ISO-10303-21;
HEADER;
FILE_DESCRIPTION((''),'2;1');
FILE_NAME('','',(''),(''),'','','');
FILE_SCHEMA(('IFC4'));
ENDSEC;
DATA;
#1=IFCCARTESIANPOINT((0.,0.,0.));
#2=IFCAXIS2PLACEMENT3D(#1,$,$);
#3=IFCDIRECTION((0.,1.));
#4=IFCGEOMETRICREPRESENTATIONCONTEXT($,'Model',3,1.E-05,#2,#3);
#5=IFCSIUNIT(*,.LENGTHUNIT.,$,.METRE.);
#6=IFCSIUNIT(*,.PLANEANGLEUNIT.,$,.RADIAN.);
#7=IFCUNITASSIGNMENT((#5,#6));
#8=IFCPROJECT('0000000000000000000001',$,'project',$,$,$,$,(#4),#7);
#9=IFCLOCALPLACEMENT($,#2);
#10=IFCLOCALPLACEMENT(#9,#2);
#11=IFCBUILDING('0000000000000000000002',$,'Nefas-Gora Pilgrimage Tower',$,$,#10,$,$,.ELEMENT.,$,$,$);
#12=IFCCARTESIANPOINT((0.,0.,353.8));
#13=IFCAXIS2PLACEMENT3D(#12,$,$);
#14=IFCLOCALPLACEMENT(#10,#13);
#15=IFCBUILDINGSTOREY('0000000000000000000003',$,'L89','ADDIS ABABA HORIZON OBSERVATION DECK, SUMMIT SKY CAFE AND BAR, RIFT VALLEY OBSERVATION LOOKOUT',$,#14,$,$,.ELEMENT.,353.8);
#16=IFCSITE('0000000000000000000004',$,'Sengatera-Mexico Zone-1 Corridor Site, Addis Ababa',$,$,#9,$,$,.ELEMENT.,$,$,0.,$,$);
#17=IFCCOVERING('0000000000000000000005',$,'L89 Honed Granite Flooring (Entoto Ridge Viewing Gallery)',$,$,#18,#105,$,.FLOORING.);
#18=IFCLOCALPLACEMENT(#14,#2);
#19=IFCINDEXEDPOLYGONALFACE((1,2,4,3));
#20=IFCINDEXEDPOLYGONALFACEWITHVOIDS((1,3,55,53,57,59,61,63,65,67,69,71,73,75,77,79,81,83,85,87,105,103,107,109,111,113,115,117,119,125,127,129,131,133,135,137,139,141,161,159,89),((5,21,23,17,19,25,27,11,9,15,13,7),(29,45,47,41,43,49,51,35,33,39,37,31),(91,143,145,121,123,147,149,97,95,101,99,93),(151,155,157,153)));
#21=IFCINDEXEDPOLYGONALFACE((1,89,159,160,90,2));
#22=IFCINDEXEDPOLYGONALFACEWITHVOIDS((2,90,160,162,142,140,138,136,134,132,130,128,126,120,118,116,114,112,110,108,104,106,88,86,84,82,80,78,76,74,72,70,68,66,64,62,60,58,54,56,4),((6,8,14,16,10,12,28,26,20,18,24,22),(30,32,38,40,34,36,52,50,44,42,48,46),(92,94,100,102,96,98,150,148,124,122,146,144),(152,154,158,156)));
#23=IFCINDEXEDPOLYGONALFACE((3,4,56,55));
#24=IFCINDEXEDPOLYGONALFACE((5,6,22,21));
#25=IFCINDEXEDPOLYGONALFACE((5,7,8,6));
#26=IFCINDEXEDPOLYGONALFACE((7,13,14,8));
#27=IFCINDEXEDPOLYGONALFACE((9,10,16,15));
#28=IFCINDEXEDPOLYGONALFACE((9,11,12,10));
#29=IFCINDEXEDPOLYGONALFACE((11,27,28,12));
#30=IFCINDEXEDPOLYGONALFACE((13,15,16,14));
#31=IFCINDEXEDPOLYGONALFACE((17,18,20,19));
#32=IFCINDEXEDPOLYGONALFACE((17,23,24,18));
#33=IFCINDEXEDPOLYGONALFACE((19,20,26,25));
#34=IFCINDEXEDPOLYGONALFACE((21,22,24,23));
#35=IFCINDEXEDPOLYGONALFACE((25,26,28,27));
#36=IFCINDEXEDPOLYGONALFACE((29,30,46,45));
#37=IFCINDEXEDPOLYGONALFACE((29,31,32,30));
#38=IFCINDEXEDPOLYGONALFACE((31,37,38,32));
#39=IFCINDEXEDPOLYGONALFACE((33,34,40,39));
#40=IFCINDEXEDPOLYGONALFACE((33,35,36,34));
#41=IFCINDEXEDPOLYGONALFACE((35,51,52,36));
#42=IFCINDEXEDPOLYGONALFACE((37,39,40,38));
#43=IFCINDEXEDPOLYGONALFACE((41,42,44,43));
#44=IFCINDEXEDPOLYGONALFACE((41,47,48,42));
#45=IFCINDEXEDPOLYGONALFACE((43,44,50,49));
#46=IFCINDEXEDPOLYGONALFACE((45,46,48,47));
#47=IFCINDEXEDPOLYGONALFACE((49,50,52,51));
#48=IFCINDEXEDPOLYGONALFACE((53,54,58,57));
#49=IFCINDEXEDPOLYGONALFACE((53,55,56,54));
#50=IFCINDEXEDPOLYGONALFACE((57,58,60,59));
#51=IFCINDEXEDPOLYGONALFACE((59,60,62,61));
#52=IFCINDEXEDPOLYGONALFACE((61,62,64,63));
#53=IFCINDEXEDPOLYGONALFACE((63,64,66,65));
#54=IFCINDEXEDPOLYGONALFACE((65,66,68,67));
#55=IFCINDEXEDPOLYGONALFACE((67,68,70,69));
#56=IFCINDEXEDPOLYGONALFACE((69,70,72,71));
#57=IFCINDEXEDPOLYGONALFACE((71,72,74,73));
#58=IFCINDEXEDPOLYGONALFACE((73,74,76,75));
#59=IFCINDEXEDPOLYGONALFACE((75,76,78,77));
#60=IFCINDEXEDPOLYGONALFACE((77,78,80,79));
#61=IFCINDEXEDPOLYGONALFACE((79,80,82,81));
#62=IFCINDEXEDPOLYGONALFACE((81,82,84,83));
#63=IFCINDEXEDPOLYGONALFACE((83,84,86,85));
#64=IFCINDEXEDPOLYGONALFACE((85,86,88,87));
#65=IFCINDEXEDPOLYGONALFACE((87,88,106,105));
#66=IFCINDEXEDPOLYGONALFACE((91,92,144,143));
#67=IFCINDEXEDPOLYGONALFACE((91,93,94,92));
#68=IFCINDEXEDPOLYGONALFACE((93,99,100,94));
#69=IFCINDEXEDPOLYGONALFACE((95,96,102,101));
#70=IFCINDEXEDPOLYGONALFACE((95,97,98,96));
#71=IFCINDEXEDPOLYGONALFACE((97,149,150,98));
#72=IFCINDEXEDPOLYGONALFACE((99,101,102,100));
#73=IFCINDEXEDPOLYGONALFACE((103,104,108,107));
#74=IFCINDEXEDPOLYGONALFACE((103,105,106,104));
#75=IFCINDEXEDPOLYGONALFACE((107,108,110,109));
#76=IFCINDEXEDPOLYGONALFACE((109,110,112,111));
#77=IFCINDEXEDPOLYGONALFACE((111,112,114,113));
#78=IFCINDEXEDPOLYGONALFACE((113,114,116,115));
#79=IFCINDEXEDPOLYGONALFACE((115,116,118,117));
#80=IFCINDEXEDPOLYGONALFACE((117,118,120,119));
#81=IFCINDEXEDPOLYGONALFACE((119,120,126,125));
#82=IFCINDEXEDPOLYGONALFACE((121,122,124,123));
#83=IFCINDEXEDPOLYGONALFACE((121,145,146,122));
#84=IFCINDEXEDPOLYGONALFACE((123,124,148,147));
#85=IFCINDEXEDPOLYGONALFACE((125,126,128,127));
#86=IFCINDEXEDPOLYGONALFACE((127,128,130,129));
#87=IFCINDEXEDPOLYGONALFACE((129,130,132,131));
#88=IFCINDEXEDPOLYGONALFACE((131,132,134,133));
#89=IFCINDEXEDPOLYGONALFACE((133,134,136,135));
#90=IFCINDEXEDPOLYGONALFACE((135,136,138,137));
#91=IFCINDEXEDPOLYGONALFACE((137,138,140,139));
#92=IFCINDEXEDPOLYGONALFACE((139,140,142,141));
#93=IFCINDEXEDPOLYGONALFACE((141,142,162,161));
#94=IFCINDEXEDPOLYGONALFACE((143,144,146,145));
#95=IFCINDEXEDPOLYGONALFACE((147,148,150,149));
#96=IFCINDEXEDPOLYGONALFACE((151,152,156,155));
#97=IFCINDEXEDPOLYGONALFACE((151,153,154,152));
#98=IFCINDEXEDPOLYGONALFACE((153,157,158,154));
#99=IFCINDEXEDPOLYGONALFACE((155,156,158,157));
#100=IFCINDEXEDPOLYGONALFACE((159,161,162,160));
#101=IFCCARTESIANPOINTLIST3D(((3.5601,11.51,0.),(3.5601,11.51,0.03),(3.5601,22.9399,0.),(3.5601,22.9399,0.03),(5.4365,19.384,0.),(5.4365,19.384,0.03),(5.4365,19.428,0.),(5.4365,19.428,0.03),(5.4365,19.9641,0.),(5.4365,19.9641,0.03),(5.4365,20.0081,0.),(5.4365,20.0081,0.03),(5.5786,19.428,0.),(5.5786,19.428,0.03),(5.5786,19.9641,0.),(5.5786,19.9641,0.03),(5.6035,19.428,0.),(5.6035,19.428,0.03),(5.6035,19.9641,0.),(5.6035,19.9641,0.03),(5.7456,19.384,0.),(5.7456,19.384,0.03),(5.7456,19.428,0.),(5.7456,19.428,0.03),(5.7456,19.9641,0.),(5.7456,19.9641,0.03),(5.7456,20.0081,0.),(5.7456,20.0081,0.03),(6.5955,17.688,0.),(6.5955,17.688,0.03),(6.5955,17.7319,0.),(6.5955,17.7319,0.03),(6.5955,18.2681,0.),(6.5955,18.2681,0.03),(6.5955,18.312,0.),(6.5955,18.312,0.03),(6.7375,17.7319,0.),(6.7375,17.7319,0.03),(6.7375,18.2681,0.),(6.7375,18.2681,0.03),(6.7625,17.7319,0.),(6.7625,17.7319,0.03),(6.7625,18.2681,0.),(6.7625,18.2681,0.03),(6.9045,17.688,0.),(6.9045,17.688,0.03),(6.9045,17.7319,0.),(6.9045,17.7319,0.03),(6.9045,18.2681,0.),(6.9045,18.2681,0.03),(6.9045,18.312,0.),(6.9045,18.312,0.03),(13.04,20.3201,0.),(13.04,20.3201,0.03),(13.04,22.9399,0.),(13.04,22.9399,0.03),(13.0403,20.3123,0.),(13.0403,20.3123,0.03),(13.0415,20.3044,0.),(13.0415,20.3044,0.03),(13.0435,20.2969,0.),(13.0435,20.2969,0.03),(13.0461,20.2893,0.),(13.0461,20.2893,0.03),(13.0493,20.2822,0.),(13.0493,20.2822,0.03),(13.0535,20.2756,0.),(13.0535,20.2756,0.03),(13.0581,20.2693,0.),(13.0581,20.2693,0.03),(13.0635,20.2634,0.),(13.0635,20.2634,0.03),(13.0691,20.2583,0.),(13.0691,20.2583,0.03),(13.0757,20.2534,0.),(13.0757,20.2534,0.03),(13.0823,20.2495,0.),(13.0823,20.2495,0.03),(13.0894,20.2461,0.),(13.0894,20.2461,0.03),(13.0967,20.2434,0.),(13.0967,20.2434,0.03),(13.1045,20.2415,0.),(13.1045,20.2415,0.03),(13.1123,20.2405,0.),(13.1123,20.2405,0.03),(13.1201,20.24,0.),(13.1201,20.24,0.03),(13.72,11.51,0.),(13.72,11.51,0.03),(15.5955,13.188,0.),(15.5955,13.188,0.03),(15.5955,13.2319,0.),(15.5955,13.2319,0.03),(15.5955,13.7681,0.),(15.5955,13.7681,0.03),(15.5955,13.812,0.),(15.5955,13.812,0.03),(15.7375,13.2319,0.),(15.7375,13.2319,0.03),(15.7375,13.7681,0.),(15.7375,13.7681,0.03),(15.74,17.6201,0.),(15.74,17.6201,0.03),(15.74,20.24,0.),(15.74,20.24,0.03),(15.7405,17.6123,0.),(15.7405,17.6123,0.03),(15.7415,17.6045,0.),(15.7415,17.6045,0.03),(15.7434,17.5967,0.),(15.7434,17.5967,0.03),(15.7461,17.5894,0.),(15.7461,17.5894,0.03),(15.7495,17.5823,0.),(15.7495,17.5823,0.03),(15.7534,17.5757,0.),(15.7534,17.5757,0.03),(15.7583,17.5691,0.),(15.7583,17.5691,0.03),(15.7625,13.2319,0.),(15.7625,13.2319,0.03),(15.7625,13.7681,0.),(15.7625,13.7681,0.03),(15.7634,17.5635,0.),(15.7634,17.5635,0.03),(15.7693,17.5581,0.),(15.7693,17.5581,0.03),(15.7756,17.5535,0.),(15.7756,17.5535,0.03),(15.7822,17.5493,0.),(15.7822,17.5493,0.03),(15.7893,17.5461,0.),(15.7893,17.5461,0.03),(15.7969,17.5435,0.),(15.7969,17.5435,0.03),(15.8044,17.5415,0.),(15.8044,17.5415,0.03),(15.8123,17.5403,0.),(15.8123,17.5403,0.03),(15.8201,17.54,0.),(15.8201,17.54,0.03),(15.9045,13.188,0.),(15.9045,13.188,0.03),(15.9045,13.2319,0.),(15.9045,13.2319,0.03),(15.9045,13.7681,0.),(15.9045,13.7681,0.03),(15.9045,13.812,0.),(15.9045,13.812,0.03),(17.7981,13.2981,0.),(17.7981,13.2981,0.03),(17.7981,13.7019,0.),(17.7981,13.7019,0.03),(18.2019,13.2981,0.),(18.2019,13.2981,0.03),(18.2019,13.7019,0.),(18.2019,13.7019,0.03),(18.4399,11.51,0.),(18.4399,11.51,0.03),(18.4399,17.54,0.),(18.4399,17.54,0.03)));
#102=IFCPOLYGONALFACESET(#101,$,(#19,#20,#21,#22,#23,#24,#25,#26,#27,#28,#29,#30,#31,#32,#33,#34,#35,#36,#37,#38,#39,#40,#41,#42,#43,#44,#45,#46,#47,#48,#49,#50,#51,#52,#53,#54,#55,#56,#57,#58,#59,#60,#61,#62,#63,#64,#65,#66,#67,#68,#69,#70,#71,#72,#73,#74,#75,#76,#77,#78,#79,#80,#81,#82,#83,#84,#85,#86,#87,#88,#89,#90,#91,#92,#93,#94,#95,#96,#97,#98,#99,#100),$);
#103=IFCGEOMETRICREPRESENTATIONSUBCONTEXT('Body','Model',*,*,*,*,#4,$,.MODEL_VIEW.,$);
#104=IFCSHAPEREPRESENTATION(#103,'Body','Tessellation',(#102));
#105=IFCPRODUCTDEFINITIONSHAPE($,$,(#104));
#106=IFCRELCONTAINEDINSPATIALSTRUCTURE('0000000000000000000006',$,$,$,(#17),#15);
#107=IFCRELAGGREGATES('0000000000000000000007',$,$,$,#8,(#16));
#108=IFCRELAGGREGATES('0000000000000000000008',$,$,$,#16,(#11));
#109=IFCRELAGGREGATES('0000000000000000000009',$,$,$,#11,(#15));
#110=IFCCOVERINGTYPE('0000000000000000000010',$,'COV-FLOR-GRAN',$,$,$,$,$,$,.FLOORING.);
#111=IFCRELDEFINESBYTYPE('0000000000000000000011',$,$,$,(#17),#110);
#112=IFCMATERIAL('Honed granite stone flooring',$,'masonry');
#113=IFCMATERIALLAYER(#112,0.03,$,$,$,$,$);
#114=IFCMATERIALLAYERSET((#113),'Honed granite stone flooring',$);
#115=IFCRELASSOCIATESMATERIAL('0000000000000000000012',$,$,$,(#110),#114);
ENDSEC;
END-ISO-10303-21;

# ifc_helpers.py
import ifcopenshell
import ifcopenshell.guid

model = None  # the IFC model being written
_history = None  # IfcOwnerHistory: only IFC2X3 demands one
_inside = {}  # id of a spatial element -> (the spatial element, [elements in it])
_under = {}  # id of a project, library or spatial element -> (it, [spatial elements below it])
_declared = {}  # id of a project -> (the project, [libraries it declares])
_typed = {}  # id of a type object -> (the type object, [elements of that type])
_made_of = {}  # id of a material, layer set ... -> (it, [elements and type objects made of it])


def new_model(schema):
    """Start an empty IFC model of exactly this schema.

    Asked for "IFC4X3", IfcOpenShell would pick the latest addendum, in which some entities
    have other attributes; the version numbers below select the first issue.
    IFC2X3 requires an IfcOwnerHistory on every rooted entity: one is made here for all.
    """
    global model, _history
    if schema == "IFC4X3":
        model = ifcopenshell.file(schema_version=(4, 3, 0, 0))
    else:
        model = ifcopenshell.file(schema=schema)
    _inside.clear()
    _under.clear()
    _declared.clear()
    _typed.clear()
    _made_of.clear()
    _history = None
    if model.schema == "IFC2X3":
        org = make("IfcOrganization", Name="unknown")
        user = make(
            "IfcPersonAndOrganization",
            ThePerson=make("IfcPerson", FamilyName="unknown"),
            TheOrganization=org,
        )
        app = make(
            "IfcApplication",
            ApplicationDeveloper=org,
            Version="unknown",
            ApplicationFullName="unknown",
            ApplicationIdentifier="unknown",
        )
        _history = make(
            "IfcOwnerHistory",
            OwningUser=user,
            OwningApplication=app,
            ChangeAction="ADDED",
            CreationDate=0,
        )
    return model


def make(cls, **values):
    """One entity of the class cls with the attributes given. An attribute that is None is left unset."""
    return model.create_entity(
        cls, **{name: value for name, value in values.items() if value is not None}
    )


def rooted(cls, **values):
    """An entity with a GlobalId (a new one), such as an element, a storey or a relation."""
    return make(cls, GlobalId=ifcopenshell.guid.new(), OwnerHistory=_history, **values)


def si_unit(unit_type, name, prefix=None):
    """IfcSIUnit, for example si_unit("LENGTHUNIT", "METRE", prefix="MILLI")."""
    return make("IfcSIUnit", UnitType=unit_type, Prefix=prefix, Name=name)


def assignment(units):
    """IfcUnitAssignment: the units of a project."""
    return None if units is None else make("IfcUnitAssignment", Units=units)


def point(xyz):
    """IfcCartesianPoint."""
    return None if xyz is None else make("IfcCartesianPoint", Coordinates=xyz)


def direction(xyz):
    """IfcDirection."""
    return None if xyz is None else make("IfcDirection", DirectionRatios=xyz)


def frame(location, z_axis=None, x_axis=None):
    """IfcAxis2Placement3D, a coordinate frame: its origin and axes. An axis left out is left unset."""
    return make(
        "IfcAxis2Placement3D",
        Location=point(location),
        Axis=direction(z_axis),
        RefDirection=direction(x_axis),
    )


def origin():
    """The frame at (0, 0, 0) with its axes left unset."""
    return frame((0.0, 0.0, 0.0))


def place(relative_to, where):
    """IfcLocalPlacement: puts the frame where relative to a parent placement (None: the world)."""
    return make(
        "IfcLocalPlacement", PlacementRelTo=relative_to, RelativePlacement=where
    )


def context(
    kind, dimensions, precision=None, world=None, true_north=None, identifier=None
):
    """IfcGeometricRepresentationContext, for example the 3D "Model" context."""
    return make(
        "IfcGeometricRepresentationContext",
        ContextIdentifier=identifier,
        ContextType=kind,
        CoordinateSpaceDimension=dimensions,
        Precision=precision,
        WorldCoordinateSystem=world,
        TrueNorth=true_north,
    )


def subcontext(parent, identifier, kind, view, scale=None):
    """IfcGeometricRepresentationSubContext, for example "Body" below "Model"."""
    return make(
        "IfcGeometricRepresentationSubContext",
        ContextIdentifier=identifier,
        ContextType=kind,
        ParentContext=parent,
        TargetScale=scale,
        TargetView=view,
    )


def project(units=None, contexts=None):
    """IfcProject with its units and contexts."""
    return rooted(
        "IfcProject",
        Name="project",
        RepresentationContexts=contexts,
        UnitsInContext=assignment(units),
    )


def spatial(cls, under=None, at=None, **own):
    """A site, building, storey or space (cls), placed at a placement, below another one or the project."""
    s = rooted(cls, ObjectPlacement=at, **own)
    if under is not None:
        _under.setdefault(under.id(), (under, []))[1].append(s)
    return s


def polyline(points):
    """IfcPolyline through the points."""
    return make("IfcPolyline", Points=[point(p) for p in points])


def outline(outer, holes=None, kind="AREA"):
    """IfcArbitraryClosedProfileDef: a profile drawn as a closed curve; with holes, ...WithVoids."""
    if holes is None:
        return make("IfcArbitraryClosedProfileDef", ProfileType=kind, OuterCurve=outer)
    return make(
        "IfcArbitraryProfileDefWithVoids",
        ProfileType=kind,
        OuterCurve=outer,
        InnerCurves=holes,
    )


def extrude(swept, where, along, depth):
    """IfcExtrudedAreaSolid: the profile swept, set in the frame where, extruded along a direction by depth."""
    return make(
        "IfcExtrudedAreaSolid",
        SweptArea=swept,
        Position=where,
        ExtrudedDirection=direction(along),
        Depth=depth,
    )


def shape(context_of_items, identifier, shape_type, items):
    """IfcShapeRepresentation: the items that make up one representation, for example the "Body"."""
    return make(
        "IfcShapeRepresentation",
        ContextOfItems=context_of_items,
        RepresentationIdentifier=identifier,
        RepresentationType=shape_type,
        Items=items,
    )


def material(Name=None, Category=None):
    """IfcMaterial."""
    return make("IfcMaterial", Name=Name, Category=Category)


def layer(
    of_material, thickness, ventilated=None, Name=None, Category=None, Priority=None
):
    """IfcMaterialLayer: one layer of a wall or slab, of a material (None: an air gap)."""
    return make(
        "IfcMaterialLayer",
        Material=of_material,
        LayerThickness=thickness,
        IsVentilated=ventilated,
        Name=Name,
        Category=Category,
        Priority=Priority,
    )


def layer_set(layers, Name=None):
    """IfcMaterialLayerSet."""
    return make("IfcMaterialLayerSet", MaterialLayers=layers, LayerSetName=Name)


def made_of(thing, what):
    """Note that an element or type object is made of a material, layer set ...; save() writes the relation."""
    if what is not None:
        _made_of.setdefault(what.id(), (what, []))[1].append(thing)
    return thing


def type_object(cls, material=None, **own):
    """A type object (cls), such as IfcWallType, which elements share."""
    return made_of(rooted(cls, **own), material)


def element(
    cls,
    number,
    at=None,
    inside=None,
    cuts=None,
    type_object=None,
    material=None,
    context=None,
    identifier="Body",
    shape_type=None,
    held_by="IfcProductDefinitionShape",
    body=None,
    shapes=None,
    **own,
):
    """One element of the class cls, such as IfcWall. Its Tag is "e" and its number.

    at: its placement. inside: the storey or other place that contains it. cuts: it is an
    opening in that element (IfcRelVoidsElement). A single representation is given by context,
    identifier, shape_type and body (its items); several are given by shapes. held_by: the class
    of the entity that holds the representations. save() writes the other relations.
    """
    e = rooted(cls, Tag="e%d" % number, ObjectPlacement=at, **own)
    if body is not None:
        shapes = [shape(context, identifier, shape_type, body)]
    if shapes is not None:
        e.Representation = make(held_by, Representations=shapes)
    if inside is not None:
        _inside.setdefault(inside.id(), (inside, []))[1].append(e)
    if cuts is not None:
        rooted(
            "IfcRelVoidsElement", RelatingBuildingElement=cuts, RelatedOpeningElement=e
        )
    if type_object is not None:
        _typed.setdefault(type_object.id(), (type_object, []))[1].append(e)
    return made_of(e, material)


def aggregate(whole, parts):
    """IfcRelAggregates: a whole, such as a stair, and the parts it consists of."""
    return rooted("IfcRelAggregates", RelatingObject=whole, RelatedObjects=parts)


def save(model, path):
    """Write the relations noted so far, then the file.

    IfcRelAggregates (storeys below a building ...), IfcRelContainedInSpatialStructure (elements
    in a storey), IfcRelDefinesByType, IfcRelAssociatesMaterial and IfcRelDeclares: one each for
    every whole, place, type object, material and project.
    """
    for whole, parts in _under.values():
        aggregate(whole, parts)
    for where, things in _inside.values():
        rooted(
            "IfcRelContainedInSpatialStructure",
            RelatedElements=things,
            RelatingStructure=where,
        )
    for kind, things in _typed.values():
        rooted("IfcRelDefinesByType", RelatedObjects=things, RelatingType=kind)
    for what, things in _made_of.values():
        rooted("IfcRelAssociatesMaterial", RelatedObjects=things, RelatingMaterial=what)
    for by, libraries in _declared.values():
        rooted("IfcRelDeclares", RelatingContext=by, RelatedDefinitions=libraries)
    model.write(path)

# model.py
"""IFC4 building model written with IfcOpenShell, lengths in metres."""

from ifc_helpers import new_model, si_unit, direction, frame, origin, place, context, subcontext, project, spatial, polyline, outline, extrude, material, layer, layer_set, type_object, element, save


model = new_model("IFC4")

# Units and contexts
model_context = context("Model", 3, precision=1e-05, world=origin(), true_north=direction((0.0, 1.0)))
body_context = subcontext(model_context, "Body", "Model", "MODEL_VIEW")
ifc_project = project(units=[si_unit("LENGTHUNIT", "METRE"), si_unit("PLANEANGLEUNIT", "RADIAN")], contexts=[model_context])

# Site, building, storey
site_placement = place(None, origin())
site = spatial("IfcSite", under=ifc_project, at=site_placement, Name="Sengatera-Mexico Zone-1 Corridor Site, Addis Ababa", CompositionType="ELEMENT", RefElevation=0.0)
building_placement = place(site_placement, origin())
building = spatial("IfcBuilding", under=site, at=building_placement, Name="Nefas-Gora Pilgrimage Tower", CompositionType="ELEMENT")
storey_placement = place(building_placement, frame((0.0, 0.0, 353.8)))
storey = spatial("IfcBuildingStorey", under=building, at=storey_placement, Name="L89", Description="ADDIS ABABA HORIZON OBSERVATION DECK, SUMMIT SKY CAFE AND BAR, RIFT VALLEY OBSERVATION LOOKOUT", CompositionType="ELEMENT", Elevation=353.8)

# Covering
ifc_material_1 = material(Name="Honed granite stone flooring", Category="masonry")
ifc_layer_1 = layer(ifc_material_1, 0.03)
ifc_layer_set_1 = layer_set([ifc_layer_1], Name="Honed granite stone flooring")
covering_type_1 = type_object("IfcCoveringType", Name="COV-FLOR-GRAN", PredefinedType="FLOORING", material=ifc_layer_set_1)
covering_1_placement = place(storey_placement, origin())
element("IfcCovering", 1, at=covering_1_placement, inside=storey, type_object=covering_type_1, Name="L89 Honed Granite Flooring (Entoto Ridge Viewing Gallery)", PredefinedType="FLOORING", context=body_context, shape_type="SweptSolid", body=[
    extrude(outline(polyline([(13.04, 22.9399), (3.5601, 22.9399), (3.5601, 11.51), (13.72, 11.51), (18.4399, 11.51), (18.4399, 17.54), (15.8201, 17.54), (15.8123, 17.5403), (15.8044, 17.5415), (15.7969, 17.5435), (15.7893, 17.5461), (15.7822, 17.5493), (15.7756, 17.5535), (15.7693, 17.5581), (15.7634, 17.5635), (15.7583, 17.5691), (15.7534, 17.5757), (15.7495, 17.5823), (15.7461, 17.5894), (15.7434, 17.5967), (15.7415, 17.6045), (15.7405, 17.6123), (15.74, 17.6201), (15.74, 20.24), (13.1201, 20.24), (13.1123, 20.2405), (13.1045, 20.2415), (13.0967, 20.2434), (13.0894, 20.2461), (13.0823, 20.2495), (13.0757, 20.2534), (13.0691, 20.2583), (13.0635, 20.2634), (13.0581, 20.2693), (13.0535, 20.2756), (13.0493, 20.2822), (13.0461, 20.2893), (13.0435, 20.2969), (13.0415, 20.3044), (13.0403, 20.3123), (13.04, 20.3201), (13.04, 22.9399)]), holes=[polyline([(18.2019, 13.7019), (18.2019, 13.2981), (17.7981, 13.2981), (17.7981, 13.7019), (18.2019, 13.7019)]), polyline([(15.9045, 13.812), (15.9045, 13.7681), (15.7625, 13.7681), (15.7625, 13.2319), (15.9045, 13.2319), (15.9045, 13.188), (15.5955, 13.188), (15.5955, 13.2319), (15.7375, 13.2319), (15.7375, 13.7681), (15.5955, 13.7681), (15.5955, 13.812), (15.9045, 13.812)]), polyline([(6.9045, 18.312), (6.9045, 18.2681), (6.7625, 18.2681), (6.7625, 17.7319), (6.9045, 17.7319), (6.9045, 17.688), (6.5955, 17.688), (6.5955, 17.7319), (6.7375, 17.7319), (6.7375, 18.2681), (6.5955, 18.2681), (6.5955, 18.312), (6.9045, 18.312)]), polyline([(5.7456, 20.0081), (5.7456, 19.9641), (5.6035, 19.9641), (5.6035, 19.428), (5.7456, 19.428), (5.7456, 19.384), (5.4365, 19.384), (5.4365, 19.428), (5.5786, 19.428), (5.5786, 19.9641), (5.4365, 19.9641), (5.4365, 20.0081), (5.7456, 20.0081)])]), origin(), (0.0, 0.0, 1.0), 0.03),
])

save(model, "model.ifc")
